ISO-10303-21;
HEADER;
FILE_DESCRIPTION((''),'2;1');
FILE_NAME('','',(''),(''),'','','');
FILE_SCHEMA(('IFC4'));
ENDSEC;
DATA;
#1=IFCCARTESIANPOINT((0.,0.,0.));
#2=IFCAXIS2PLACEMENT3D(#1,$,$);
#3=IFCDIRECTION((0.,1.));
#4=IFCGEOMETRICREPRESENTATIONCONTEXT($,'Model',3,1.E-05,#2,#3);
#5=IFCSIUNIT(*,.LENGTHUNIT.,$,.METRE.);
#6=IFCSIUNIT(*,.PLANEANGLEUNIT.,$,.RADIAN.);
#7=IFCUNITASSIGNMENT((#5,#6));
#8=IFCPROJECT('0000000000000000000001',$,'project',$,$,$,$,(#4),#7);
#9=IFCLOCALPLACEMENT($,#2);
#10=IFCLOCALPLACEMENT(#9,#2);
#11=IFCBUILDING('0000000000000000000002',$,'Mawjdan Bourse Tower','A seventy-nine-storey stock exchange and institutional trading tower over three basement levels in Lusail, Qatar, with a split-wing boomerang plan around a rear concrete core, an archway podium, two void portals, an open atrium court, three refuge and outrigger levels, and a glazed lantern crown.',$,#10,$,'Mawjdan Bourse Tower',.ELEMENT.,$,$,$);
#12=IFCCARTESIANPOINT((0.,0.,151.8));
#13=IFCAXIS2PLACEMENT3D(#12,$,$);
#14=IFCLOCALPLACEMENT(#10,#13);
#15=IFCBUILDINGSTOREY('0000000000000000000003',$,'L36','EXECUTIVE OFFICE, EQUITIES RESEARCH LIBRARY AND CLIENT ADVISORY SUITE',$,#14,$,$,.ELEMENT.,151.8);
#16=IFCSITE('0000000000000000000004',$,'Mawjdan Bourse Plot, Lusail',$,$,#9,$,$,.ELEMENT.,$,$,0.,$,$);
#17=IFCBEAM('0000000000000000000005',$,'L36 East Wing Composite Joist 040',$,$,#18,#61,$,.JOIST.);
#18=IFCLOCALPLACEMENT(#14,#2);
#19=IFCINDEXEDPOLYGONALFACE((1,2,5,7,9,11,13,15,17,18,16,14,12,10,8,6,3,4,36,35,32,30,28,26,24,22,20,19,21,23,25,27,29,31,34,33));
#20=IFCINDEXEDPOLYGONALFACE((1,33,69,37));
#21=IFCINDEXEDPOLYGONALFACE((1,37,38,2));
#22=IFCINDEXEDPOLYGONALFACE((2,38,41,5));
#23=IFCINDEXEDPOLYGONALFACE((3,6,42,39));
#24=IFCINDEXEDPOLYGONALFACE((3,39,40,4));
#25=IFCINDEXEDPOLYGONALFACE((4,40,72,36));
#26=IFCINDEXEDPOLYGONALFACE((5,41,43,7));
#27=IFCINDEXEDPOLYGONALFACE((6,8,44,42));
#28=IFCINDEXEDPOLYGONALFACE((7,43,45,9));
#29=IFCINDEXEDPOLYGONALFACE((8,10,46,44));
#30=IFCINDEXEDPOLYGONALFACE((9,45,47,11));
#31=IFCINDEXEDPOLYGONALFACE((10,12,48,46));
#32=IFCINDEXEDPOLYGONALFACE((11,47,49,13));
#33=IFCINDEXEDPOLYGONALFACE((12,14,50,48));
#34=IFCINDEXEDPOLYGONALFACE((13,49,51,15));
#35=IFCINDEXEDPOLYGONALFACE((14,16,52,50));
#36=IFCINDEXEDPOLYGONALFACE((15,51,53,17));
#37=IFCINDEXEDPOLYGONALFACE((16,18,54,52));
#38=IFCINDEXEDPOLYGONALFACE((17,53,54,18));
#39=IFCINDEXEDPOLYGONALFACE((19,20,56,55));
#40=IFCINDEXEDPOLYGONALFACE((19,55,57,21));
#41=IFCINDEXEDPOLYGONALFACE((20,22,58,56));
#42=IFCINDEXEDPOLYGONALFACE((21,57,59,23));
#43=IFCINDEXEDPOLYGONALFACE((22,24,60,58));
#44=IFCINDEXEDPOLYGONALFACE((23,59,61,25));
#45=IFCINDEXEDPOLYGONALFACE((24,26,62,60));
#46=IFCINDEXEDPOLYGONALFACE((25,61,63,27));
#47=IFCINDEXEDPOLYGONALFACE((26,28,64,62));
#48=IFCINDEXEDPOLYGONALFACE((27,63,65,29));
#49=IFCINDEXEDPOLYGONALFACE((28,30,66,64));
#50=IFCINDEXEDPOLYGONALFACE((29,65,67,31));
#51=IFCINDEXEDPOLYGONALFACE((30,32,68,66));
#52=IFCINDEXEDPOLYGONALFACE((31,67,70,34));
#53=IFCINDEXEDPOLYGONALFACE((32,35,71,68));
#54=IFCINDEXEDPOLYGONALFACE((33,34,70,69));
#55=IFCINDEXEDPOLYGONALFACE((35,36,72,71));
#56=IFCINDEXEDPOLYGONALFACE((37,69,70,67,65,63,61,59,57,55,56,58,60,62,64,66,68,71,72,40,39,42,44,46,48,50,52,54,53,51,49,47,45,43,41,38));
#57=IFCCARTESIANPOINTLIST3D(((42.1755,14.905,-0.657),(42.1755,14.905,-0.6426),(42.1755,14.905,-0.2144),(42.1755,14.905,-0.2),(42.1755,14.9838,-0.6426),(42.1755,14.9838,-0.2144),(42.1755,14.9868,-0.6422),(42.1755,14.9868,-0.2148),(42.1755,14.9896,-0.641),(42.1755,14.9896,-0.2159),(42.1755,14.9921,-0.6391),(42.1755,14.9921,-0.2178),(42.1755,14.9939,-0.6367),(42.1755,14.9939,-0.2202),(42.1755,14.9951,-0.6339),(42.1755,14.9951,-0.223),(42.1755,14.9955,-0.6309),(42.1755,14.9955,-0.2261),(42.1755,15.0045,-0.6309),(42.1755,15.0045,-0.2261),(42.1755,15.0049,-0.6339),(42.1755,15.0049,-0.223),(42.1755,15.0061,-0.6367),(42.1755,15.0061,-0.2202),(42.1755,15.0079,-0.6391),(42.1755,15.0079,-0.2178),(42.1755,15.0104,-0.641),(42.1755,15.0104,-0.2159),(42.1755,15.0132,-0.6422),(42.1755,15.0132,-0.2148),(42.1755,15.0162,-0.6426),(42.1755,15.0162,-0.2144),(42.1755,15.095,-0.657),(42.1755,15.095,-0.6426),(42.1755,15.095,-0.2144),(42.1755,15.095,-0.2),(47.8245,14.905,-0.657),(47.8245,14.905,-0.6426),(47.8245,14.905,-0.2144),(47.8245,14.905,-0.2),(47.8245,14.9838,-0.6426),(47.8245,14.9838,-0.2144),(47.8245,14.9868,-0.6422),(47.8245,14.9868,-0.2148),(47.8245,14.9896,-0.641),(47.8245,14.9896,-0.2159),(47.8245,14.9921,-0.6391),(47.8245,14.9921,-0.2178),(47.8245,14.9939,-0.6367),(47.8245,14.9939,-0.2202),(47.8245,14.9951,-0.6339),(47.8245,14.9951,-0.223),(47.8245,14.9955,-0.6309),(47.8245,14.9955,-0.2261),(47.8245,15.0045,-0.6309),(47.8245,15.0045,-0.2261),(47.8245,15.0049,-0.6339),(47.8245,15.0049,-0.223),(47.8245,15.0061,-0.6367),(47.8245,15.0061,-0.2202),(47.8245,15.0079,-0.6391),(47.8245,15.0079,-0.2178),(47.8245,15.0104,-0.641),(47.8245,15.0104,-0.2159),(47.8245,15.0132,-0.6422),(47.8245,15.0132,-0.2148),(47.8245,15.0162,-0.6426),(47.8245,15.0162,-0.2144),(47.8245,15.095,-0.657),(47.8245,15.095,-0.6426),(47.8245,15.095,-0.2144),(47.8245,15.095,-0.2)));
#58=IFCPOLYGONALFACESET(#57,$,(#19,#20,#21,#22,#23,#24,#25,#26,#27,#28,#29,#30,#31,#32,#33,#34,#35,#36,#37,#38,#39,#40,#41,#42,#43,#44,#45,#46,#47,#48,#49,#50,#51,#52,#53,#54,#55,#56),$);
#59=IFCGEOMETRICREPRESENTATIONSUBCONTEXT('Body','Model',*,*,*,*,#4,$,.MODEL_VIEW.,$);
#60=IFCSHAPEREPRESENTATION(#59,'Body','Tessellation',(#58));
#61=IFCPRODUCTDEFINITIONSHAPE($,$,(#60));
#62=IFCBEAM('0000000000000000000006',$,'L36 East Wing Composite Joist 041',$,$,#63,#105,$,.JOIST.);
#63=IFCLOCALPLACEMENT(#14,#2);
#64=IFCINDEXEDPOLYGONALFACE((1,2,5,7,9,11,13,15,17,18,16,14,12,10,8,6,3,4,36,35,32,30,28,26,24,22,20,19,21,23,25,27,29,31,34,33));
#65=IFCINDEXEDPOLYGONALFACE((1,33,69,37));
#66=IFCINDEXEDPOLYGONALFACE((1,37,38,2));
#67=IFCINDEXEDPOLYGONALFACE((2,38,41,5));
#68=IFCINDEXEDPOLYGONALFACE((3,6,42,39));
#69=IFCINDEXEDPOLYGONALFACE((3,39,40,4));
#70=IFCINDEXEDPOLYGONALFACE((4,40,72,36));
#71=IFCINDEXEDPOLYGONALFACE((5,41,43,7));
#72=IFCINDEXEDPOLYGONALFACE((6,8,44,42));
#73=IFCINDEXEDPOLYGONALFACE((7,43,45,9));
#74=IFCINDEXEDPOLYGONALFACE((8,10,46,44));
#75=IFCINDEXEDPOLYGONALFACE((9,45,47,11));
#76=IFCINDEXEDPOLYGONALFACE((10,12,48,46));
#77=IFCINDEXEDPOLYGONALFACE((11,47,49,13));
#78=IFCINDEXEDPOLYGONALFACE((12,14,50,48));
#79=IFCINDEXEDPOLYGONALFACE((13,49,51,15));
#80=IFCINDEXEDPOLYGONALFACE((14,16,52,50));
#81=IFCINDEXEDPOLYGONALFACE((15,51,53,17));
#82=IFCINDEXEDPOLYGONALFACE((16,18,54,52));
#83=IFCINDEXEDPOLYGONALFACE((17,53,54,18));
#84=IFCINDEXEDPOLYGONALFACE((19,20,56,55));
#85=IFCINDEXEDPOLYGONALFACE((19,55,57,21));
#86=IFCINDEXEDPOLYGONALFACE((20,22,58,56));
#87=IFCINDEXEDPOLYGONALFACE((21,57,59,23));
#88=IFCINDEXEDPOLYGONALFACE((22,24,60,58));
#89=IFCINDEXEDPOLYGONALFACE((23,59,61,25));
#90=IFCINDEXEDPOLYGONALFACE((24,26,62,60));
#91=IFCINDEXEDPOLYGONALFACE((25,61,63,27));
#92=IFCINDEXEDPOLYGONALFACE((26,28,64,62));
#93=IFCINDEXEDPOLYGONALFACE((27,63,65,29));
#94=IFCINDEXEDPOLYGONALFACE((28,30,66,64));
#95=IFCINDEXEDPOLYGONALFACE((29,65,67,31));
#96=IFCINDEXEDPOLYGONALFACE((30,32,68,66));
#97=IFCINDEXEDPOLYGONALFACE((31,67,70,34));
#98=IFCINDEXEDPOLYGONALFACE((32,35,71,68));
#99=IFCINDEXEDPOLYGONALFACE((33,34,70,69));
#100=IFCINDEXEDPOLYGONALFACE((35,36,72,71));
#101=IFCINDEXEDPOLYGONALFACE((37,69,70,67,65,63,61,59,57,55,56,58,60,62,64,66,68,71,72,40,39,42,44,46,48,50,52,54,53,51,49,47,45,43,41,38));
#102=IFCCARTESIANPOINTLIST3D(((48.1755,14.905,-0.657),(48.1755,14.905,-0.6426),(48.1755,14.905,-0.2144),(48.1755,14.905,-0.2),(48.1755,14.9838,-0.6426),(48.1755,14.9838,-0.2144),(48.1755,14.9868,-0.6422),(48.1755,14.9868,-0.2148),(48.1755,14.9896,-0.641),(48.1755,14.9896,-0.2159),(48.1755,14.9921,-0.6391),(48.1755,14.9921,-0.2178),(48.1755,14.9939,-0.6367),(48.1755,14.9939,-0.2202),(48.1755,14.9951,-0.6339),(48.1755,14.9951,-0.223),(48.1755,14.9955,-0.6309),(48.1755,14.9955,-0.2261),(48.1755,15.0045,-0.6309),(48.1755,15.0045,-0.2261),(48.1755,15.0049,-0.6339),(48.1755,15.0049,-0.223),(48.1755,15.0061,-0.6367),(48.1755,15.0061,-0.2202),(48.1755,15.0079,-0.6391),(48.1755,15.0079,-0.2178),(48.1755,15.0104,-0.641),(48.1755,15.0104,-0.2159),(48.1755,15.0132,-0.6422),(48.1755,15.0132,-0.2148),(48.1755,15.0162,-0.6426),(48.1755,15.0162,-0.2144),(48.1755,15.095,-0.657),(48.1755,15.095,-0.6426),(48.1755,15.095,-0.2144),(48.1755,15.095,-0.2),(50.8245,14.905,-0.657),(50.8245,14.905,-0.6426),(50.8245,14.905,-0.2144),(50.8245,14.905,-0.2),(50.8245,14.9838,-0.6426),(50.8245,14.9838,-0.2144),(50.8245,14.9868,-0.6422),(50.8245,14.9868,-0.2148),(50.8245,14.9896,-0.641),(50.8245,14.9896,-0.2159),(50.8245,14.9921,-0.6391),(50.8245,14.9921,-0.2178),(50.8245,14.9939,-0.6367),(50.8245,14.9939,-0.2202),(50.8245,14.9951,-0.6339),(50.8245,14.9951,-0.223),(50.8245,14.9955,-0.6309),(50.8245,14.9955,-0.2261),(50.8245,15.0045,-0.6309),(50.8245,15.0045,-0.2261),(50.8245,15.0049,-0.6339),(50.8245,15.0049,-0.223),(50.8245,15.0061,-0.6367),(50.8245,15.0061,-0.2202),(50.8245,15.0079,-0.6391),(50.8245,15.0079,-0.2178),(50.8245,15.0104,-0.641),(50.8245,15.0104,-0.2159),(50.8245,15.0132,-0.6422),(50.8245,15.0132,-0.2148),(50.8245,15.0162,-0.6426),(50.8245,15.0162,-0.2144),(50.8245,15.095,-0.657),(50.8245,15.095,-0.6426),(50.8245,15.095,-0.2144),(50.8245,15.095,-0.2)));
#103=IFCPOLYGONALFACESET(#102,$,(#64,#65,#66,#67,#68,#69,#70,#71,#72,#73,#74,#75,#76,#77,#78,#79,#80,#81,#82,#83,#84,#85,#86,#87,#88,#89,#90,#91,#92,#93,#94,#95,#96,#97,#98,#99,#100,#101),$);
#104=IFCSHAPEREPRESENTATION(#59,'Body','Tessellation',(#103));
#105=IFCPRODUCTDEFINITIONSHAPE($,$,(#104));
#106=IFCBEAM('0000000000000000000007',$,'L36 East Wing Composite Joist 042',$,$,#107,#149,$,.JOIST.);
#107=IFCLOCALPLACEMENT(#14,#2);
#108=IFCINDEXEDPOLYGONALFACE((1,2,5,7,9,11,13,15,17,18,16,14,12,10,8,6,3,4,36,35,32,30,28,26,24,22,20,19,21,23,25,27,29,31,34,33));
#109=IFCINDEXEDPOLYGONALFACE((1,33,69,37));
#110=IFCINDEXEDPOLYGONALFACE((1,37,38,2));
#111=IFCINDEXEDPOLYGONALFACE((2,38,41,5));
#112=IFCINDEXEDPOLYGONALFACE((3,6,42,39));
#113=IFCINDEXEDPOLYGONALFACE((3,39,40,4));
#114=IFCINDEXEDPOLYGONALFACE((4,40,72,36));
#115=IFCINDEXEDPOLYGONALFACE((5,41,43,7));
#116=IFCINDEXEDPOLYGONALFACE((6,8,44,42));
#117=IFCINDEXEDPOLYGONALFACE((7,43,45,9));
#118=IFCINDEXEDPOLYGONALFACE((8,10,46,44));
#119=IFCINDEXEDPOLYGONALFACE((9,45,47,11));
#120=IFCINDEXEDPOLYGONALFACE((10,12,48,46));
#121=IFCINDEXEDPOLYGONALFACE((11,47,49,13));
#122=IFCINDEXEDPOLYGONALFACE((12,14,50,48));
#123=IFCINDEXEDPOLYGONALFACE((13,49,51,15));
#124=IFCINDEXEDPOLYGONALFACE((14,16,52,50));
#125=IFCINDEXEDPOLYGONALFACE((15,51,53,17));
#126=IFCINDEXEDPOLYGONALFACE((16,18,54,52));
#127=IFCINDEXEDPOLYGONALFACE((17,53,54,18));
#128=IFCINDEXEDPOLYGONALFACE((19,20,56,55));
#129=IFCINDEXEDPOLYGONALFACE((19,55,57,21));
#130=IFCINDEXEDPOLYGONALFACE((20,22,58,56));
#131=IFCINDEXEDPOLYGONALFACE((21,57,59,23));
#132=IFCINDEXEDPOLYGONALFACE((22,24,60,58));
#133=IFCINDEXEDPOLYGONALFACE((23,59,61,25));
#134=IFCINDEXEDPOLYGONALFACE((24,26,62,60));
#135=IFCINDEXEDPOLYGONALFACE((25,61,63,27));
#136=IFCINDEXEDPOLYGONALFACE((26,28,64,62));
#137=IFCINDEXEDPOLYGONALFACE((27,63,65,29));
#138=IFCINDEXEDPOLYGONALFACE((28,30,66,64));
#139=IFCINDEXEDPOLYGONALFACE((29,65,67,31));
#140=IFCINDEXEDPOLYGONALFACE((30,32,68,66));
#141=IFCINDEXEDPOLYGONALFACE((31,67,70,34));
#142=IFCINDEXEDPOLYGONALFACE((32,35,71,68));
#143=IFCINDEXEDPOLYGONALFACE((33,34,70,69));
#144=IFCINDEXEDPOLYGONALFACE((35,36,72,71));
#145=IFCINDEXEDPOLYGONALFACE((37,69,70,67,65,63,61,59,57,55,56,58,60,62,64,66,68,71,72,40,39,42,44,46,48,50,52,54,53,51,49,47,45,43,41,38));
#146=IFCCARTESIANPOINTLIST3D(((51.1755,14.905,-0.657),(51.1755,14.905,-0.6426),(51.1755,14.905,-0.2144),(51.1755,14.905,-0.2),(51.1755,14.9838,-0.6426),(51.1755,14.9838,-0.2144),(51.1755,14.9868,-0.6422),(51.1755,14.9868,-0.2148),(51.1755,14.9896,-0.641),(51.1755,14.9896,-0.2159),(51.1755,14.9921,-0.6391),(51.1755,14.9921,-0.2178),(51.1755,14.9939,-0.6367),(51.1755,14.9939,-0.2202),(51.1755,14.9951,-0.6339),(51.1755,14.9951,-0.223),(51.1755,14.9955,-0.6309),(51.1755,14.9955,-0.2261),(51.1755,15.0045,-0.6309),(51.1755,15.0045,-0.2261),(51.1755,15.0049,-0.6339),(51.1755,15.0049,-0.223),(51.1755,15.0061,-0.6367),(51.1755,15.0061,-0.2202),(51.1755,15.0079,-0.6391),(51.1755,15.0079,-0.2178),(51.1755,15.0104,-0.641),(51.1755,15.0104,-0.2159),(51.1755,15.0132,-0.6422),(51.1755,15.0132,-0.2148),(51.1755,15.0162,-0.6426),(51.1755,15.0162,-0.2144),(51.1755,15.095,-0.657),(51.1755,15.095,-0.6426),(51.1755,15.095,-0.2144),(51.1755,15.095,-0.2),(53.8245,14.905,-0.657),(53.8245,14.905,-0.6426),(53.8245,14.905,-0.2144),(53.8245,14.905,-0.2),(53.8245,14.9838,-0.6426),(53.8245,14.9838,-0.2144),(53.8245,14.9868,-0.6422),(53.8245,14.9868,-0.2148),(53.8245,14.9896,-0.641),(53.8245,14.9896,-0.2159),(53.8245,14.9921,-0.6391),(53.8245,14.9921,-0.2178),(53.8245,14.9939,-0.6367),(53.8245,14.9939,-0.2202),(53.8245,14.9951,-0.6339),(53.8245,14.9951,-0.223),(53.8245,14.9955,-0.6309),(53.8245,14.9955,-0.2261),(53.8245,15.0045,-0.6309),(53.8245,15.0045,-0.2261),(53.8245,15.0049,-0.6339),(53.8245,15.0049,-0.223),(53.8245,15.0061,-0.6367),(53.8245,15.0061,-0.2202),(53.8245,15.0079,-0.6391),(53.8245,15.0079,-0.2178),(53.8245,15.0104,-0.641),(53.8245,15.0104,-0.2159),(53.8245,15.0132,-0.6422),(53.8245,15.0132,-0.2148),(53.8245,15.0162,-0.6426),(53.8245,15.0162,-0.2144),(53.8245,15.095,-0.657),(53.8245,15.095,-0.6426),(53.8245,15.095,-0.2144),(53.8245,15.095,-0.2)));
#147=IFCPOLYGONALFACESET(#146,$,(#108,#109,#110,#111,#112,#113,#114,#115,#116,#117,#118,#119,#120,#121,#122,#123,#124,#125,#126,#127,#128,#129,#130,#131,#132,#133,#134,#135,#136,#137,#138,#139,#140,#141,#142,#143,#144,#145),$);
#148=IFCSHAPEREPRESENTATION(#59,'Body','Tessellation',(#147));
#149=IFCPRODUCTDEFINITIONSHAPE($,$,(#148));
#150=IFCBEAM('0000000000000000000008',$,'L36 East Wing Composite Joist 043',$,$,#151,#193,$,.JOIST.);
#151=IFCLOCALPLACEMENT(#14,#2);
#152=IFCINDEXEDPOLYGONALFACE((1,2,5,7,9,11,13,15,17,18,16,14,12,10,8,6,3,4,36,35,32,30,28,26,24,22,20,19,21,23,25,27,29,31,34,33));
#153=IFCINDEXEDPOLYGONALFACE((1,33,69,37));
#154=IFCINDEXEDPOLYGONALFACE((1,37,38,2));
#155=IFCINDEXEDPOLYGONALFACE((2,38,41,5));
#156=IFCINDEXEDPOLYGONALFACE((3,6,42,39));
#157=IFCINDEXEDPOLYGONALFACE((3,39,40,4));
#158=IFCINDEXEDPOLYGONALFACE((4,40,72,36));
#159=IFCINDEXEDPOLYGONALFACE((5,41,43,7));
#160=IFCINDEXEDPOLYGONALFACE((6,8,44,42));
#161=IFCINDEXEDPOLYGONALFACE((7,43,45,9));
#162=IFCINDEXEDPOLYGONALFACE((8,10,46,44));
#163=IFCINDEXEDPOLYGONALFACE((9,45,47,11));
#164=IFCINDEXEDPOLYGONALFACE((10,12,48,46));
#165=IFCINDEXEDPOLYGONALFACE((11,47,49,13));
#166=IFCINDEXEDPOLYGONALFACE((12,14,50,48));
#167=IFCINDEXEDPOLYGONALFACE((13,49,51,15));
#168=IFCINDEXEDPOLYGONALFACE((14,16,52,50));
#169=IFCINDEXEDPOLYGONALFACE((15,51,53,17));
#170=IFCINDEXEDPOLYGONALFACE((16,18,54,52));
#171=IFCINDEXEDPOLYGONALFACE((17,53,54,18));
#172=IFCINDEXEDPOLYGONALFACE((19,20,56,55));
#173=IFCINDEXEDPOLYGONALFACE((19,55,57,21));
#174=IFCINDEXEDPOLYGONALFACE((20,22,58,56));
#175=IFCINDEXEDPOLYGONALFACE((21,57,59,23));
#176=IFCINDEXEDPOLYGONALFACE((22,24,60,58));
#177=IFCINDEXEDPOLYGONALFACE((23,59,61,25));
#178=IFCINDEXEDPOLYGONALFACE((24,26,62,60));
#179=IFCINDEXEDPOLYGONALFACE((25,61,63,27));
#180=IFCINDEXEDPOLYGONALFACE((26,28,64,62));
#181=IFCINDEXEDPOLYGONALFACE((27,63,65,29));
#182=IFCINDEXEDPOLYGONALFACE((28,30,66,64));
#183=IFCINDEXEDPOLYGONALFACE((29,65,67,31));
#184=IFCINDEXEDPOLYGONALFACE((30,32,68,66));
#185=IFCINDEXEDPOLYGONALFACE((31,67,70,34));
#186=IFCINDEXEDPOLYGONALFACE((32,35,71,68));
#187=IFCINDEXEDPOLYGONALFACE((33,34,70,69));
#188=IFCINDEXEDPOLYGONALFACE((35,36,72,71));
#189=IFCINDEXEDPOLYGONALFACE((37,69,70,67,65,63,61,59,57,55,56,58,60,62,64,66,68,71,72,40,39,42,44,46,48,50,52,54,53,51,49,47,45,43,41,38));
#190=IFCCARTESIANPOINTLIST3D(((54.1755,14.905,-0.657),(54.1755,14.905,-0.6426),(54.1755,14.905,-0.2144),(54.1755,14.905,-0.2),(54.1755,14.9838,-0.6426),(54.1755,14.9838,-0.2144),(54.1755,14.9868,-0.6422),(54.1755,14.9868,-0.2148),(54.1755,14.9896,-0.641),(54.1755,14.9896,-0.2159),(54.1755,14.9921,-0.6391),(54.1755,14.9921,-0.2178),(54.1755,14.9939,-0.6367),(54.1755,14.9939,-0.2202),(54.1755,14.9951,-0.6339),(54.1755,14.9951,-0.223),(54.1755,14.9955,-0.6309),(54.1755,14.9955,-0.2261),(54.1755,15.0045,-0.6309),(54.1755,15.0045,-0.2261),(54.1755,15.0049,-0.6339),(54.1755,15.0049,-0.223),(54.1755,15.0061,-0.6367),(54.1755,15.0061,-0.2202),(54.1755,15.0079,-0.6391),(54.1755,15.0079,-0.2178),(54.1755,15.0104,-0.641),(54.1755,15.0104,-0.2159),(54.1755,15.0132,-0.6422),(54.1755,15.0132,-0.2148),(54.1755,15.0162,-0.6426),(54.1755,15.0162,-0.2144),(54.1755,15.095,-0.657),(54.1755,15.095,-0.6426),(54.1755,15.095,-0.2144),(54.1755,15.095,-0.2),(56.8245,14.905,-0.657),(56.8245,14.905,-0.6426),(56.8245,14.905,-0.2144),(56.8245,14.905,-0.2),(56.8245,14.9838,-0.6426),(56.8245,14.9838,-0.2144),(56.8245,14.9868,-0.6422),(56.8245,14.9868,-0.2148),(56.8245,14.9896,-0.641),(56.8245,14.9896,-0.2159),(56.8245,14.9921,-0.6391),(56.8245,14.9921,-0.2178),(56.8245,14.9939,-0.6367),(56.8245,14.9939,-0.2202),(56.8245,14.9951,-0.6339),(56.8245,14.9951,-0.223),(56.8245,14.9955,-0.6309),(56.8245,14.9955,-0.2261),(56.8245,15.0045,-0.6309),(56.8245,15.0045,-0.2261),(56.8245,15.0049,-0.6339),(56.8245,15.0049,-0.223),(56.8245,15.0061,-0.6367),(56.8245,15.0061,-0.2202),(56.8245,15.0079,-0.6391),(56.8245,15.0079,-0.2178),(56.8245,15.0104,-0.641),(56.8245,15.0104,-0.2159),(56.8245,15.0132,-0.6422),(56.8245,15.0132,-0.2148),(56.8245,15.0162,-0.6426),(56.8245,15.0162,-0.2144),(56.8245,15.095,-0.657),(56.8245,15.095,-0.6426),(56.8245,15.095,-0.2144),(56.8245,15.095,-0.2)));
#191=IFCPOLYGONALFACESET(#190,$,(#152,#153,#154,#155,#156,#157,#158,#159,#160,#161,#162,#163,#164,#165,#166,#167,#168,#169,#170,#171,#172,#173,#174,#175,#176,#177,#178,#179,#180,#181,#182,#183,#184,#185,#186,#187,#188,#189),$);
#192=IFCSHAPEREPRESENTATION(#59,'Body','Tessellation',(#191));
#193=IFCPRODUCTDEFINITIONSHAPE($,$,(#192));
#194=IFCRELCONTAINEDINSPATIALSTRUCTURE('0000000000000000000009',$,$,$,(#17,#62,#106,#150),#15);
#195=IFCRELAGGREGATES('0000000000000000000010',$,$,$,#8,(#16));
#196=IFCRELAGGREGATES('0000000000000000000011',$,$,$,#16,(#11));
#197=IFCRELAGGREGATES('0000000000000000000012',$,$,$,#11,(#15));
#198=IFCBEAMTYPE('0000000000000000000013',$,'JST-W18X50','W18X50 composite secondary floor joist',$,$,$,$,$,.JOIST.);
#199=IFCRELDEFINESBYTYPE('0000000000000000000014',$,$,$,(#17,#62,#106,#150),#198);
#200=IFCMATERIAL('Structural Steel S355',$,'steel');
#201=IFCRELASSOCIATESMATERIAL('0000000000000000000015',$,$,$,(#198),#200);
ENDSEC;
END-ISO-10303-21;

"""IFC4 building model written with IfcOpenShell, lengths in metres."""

from ifc_helpers import new_model, si_unit, direction, frame, origin, origin_2d, place, context, subcontext, project, spatial, i_section, extrude, material, material_profile, profile_set, type_object, element, save


model = new_model("IFC4")

# Units and contexts
model_context = context("Model", 3, precision=1e-05, world=origin(), true_north=direction((0.0, 1.0)))
body_context = subcontext(model_context, "Body", "Model", "MODEL_VIEW")
ifc_project = project(units=[si_unit("LENGTHUNIT", "METRE"), si_unit("PLANEANGLEUNIT", "RADIAN")], contexts=[model_context])

# Site, building, storey
site_placement = place(None, origin())
site = spatial("IfcSite", under=ifc_project, at=site_placement, Name="Mawjdan Bourse Plot, Lusail", CompositionType="ELEMENT", RefElevation=0.0)
building_placement = place(site_placement, origin())
building = spatial("IfcBuilding", under=site, at=building_placement, Name="Mawjdan Bourse Tower", Description="A seventy-nine-storey stock exchange and institutional trading tower over three basement levels in Lusail, Qatar, with a split-wing boomerang plan around a rear concrete core, an archway podium, two void portals, an open atrium court, three refuge and outrigger levels, and a glazed lantern crown.", LongName="Mawjdan Bourse Tower", CompositionType="ELEMENT")
storey_placement = place(building_placement, frame((0.0, 0.0, 151.8)))
storey = spatial("IfcBuildingStorey", under=building, at=storey_placement, Name="L36", Description="EXECUTIVE OFFICE, EQUITIES RESEARCH LIBRARY AND CLIENT ADVISORY SUITE", CompositionType="ELEMENT", Elevation=151.8)

# Beams
ifc_material_1 = material(Name="Structural Steel S355", Category="steel")
ifc_material_profile_1 = material_profile(ifc_material_1, i_section(OverallWidth=0.1899, OverallDepth=0.457, WebThickness=0.009, FlangeThickness=0.0144, FilletRadius=0.0117, at=origin_2d()), Name="W18X50")
ifc_profile_set_1 = profile_set([ifc_material_profile_1], Name="Structural Steel S355")
beam_type_1 = type_object("IfcBeamType", Name="JST-W18X50", Description="W18X50 composite secondary floor joist", PredefinedType="JOIST", material=ifc_profile_set_1)
beam_1_placement = place(storey_placement, frame((42.1755, 15.0, -0.4285), z_axis=(1.0, 0.0, 0.0), x_axis=(0.0, 1.0, 0.0)))
element("IfcBeam", 1, at=beam_1_placement, inside=storey, type_object=beam_type_1, Name="L36 East Wing Composite Joist 040", PredefinedType="JOIST", context=body_context, shape_type="SweptSolid", body=[
    extrude(i_section(OverallWidth=0.1899, OverallDepth=0.457, WebThickness=0.009, FlangeThickness=0.0144, FilletRadius=0.0117, at=origin_2d()), origin(), (0.0, 0.0, 1.0), 5.6489),
])
for number, where, z_axis, x_axis, name in (
    (2, (48.1755, 15.0, -0.4285), (1.0, 0.0, 0.0), (0.0, 1.0, 0.0), "L36 East Wing Composite Joist 041"),
    (3, (51.1755, 15.0, -0.4285), (1.0, 0.0, 0.0), (0.0, 1.0, 0.0), "L36 East Wing Composite Joist 042"),
    (4, (54.1755, 15.0, -0.4285), (1.0, 0.0, 0.0), (0.0, 1.0, 0.0), "L36 East Wing Composite Joist 043"),
):
    element("IfcBeam", number, at=place(storey_placement, frame(where, z_axis=z_axis, x_axis=x_axis)), inside=storey, type_object=beam_type_1, Name=name, PredefinedType="JOIST", context=body_context, shape_type="SweptSolid", body=[
        extrude(i_section(OverallWidth=0.1899, OverallDepth=0.457, WebThickness=0.009, FlangeThickness=0.0144, FilletRadius=0.0117, at=origin_2d()), origin(), (0.0, 0.0, 1.0), 2.6489),
    ])

save(model, "model.ifc")
